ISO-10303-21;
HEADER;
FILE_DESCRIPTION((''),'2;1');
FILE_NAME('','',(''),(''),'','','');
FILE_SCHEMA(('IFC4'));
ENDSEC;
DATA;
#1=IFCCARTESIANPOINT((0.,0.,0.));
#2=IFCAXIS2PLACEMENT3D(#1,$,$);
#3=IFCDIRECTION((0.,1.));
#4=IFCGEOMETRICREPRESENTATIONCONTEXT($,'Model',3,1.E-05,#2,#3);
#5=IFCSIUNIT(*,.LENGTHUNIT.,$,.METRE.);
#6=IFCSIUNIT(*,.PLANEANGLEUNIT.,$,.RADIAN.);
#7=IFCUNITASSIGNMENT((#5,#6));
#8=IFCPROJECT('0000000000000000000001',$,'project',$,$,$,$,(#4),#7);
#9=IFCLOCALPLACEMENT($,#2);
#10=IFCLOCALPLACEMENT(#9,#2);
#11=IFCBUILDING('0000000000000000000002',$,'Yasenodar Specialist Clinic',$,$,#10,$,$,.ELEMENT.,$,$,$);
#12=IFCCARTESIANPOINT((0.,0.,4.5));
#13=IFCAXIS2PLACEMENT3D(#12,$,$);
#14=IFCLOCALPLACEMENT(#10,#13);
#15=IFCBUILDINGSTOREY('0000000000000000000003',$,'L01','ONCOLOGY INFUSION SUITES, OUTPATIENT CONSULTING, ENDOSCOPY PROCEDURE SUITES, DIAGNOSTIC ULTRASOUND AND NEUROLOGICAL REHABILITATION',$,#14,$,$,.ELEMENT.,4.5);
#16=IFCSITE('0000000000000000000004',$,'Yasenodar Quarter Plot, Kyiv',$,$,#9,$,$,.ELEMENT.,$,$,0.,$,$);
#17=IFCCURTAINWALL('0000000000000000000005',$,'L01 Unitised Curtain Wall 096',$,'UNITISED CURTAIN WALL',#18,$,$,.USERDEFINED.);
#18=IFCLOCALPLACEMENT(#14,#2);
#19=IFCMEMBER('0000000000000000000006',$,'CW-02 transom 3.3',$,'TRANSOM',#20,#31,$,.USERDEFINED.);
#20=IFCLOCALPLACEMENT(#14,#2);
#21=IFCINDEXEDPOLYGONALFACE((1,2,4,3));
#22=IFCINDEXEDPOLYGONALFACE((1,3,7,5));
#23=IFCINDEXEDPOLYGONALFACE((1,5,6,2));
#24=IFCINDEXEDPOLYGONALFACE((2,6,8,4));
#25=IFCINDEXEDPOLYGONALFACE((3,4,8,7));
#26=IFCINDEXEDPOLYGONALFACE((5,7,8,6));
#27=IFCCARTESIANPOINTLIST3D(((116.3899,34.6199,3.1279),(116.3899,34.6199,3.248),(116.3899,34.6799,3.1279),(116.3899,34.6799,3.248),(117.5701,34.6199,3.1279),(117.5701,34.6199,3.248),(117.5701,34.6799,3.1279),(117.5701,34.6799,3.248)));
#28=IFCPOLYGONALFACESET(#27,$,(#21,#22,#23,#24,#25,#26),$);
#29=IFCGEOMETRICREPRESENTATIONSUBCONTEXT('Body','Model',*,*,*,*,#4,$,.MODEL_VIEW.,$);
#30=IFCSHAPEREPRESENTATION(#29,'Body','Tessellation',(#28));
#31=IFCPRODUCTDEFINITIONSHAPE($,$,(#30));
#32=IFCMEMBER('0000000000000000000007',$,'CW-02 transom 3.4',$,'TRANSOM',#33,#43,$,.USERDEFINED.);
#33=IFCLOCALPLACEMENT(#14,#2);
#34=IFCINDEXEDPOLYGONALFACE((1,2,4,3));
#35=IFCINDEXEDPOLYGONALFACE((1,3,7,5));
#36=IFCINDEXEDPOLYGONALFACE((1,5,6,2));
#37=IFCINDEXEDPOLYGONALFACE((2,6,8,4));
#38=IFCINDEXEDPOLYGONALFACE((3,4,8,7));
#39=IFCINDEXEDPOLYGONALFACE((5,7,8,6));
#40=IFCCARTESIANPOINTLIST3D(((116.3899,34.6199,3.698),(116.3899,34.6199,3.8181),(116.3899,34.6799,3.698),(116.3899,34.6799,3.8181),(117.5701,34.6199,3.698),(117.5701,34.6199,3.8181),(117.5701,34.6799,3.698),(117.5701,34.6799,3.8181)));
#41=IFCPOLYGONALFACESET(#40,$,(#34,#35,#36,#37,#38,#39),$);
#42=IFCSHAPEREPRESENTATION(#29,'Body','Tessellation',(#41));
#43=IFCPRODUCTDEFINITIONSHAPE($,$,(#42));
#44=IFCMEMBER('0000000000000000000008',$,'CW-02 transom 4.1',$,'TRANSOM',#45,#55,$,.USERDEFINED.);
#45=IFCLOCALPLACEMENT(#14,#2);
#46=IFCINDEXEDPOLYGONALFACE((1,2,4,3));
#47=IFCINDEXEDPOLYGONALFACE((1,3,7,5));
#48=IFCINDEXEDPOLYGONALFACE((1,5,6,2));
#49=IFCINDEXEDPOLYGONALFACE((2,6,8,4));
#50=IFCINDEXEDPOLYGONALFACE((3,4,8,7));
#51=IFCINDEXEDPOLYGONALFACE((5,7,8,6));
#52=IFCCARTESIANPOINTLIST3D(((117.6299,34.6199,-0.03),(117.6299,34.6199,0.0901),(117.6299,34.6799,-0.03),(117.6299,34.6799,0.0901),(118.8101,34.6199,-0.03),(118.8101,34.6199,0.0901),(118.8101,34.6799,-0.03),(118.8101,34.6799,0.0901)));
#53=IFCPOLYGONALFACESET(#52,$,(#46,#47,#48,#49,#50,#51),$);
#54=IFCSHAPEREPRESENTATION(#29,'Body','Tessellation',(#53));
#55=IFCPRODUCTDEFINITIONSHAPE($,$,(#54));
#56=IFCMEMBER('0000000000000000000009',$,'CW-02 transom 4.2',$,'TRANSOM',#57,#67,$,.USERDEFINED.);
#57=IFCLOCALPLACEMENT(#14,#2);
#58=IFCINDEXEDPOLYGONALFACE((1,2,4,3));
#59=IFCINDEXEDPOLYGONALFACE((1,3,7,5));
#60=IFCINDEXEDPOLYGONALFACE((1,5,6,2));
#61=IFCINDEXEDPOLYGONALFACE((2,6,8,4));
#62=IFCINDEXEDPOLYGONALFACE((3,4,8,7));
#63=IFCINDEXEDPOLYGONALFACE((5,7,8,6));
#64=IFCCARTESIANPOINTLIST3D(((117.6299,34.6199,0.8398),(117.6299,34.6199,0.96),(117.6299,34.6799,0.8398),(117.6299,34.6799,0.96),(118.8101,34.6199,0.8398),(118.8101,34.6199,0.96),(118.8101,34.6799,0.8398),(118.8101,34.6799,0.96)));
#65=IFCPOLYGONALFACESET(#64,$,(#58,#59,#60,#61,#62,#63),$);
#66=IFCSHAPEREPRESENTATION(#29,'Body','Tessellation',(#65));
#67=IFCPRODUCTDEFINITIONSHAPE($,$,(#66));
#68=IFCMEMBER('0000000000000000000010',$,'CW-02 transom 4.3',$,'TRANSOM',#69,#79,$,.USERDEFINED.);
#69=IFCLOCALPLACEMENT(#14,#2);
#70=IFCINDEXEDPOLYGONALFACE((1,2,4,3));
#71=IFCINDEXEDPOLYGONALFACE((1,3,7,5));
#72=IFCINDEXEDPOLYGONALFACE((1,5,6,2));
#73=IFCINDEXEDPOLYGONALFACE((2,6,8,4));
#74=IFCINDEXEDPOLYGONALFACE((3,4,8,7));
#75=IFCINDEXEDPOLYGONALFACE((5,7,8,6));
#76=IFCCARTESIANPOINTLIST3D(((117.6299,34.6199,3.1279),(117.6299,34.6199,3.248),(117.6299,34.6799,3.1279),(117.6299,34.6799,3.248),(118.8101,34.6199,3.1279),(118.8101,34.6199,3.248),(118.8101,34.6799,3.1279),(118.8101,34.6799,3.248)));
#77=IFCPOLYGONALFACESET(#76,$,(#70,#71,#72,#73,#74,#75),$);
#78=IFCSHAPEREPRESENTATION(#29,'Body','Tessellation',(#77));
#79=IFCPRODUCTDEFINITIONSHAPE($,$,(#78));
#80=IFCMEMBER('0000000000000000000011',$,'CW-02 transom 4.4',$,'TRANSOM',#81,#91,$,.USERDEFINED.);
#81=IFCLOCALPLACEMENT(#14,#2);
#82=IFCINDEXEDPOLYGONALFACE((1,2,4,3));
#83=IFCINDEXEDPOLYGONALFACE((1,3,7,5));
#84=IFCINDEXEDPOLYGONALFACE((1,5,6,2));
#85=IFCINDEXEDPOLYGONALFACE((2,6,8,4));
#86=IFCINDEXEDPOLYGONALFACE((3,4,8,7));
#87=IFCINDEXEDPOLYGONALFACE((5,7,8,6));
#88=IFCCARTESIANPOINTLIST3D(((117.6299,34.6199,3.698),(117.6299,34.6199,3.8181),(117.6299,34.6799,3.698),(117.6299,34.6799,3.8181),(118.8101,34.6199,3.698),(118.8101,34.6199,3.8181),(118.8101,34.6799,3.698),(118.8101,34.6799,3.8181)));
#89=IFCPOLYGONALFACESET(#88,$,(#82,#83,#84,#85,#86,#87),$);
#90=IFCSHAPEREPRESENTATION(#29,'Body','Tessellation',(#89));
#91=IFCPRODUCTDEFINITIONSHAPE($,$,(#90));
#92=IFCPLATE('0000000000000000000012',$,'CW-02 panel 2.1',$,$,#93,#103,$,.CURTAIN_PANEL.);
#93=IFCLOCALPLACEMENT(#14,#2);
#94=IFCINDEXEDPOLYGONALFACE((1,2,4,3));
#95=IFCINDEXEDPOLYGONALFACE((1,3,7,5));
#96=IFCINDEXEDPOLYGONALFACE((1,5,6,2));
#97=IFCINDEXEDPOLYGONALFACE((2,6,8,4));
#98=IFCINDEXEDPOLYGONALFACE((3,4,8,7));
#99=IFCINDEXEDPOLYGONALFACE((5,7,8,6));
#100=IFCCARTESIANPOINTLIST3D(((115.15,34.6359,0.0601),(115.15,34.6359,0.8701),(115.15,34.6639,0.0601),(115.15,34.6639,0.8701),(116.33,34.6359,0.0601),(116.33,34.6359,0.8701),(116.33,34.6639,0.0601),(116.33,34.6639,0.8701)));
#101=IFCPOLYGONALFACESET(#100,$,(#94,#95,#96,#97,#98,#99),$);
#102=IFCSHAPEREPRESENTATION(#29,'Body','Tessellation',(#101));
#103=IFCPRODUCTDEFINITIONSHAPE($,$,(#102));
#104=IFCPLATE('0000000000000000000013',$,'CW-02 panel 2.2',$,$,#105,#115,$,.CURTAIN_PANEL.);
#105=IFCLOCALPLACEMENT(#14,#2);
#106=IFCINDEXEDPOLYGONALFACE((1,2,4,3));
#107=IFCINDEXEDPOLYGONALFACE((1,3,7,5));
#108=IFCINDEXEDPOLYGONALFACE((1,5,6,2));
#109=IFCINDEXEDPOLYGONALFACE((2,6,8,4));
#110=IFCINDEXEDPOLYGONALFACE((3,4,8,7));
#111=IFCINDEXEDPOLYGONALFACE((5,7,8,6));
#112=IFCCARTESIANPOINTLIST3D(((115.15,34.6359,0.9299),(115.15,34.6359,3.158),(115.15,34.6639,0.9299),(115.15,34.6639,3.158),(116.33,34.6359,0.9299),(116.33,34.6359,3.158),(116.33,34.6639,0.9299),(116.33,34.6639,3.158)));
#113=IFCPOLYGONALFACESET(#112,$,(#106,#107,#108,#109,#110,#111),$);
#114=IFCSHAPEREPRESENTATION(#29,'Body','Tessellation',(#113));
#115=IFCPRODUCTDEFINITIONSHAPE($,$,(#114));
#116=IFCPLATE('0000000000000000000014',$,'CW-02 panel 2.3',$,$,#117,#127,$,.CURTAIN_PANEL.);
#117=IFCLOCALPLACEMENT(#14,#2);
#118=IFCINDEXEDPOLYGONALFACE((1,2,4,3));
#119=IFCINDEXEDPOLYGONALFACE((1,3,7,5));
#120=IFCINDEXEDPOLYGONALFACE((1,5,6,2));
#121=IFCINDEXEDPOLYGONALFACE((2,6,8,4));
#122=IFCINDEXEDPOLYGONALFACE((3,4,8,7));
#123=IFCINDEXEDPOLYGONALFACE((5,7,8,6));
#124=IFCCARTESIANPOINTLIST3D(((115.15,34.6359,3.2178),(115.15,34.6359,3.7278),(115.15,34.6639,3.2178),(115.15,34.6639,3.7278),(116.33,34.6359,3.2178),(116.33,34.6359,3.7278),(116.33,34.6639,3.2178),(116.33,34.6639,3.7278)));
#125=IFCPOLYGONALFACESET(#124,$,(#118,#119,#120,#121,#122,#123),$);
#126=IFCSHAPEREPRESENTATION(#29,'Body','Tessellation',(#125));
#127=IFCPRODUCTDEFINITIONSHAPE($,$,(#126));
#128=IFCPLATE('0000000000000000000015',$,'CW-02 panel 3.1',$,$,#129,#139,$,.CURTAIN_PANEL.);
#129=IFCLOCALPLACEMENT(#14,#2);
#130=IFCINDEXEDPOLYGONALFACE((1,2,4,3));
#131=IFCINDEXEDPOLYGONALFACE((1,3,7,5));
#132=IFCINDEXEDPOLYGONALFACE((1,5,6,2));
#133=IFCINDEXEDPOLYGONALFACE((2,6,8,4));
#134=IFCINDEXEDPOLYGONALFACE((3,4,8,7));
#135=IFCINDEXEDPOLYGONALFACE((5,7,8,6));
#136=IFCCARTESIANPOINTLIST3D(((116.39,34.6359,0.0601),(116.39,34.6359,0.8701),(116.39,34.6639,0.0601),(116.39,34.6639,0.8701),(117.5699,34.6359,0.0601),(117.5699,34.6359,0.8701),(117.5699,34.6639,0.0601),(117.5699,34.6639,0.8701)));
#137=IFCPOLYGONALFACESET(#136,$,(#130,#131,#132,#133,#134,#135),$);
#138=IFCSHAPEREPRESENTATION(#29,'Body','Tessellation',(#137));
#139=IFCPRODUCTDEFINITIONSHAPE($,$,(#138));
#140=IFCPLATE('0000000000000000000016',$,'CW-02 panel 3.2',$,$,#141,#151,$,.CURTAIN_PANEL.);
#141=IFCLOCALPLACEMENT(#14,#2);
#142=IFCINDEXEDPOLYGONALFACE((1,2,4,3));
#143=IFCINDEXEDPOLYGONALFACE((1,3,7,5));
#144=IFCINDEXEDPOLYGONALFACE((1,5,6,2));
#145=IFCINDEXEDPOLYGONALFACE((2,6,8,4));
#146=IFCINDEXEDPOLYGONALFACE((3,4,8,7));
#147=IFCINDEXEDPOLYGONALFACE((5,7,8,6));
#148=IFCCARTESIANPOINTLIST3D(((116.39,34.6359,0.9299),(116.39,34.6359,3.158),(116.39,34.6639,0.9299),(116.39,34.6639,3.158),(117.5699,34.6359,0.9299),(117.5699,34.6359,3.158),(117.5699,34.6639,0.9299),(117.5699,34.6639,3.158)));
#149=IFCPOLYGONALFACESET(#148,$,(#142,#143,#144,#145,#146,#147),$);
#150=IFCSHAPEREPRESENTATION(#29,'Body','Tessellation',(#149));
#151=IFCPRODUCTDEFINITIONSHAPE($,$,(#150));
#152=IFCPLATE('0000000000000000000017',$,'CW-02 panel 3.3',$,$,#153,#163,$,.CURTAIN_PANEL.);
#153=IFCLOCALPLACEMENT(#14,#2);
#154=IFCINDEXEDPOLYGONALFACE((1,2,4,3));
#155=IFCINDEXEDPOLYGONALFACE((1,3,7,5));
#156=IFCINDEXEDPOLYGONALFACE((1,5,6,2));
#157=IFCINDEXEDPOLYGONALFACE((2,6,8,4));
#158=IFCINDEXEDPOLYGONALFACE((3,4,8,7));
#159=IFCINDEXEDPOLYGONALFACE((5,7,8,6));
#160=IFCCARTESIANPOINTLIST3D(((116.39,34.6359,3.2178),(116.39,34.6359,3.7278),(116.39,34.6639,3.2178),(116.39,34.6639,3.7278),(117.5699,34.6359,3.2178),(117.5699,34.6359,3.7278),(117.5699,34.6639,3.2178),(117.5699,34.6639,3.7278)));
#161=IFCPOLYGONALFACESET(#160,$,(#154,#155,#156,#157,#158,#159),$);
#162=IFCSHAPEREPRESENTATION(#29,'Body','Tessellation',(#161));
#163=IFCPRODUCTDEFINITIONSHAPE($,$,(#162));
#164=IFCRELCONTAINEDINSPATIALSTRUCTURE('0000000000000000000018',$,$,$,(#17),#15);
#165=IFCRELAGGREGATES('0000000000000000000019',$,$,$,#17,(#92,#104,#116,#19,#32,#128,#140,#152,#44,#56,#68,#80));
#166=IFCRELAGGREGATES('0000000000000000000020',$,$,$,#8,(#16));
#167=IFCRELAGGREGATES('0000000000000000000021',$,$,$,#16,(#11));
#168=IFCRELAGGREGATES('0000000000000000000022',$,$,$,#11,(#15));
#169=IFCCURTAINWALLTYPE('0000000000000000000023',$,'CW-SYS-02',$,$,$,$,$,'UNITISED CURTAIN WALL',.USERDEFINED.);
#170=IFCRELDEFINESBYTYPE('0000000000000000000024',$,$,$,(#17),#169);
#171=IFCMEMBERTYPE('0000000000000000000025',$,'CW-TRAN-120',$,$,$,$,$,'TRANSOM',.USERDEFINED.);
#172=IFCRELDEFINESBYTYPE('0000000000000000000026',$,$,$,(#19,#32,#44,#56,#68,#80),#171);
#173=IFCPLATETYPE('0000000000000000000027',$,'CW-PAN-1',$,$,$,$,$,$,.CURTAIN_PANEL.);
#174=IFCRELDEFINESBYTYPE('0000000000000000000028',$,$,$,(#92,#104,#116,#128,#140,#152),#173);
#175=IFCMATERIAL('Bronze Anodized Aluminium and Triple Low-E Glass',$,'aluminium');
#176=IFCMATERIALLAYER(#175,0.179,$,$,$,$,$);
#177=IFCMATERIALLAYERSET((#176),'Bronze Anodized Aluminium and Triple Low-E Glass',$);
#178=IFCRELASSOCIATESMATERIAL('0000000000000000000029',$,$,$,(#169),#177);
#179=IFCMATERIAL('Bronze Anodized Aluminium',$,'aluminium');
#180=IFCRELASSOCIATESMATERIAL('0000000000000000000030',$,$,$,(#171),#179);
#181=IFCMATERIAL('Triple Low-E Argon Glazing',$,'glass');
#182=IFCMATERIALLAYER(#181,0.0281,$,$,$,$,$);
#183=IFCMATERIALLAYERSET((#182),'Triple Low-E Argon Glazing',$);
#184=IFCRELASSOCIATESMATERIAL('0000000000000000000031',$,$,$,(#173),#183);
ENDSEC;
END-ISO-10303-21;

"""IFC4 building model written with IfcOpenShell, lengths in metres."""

from ifc_helpers import new_model, si_unit, direction, frame, origin, origin_2d, place, context, subcontext, project, spatial, rectangle, extrude, material, layer, layer_set, material_profile, profile_set, type_object, element, aggregate, save


model = new_model("IFC4")

# Units and contexts
model_context = context("Model", 3, precision=1e-05, world=origin(), true_north=direction((0.0, 1.0)))
body_context = subcontext(model_context, "Body", "Model", "MODEL_VIEW")
ifc_project = project(units=[si_unit("LENGTHUNIT", "METRE"), si_unit("PLANEANGLEUNIT", "RADIAN")], contexts=[model_context])

# Site, building, storey
site_placement = place(None, origin())
site = spatial("IfcSite", under=ifc_project, at=site_placement, Name="Yasenodar Quarter Plot, Kyiv", CompositionType="ELEMENT", RefElevation=0.0)
building_placement = place(site_placement, origin())
building = spatial("IfcBuilding", under=site, at=building_placement, Name="Yasenodar Specialist Clinic", CompositionType="ELEMENT")
storey_placement = place(building_placement, frame((0.0, 0.0, 4.5)))
storey = spatial("IfcBuildingStorey", under=building, at=storey_placement, Name="L01", Description="ONCOLOGY INFUSION SUITES, OUTPATIENT CONSULTING, ENDOSCOPY PROCEDURE SUITES, DIAGNOSTIC ULTRASOUND AND NEUROLOGICAL REHABILITATION", CompositionType="ELEMENT", Elevation=4.5)

# Curtain wall, members, plates
ifc_material_1 = material(Name="Bronze Anodized Aluminium and Triple Low-E Glass", Category="aluminium")
ifc_layer_1 = layer(ifc_material_1, 0.179)
ifc_layer_set_1 = layer_set([ifc_layer_1], Name="Bronze Anodized Aluminium and Triple Low-E Glass")
curtain_wall_type = type_object("IfcCurtainWallType", Name="CW-SYS-02", ElementType="UNITISED CURTAIN WALL", PredefinedType="USERDEFINED", material=ifc_layer_set_1)
curtain_wall_placement = place(storey_placement, origin())
curtain_wall = element("IfcCurtainWall", 1, at=curtain_wall_placement, inside=storey, type_object=curtain_wall_type, Name="L01 Unitised Curtain Wall 096", ObjectType="UNITISED CURTAIN WALL", PredefinedType="USERDEFINED")
ifc_material_2 = material(Name="Bronze Anodized Aluminium", Category="aluminium")
ifc_material_profile_1 = material_profile(ifc_material_2, rectangle(XDim=0.0601, YDim=0.1201, at=origin_2d()), Name="CW-TRAN 60x120")
ifc_profile_set_1 = profile_set([ifc_material_profile_1], Name="Bronze Anodized Aluminium")
member_type_1 = type_object("IfcMemberType", Name="CW-TRAN-120", ElementType="TRANSOM", PredefinedType="USERDEFINED", material=ifc_profile_set_1)
member_1_placement = place(storey_placement, frame((116.3899, 34.6499, 3.188), z_axis=(1.0, 0.0, 0.0), x_axis=(0.0, 1.0, 0.0)))
member_1 = element("IfcMember", 2, at=member_1_placement, type_object=member_type_1, Name="CW-02 transom 3.3", ObjectType="TRANSOM", PredefinedType="USERDEFINED", context=body_context, shape_type="SweptSolid", body=[
    extrude(rectangle(XDim=0.0601, YDim=0.1201, at=origin_2d()), origin(), (0.0, 0.0, 1.0), 1.1802),
])
member_2_placement = place(storey_placement, frame((116.3899, 34.6499, 3.7581), z_axis=(1.0, 0.0, 0.0), x_axis=(0.0, 1.0, 0.0)))
member_2 = element("IfcMember", 3, at=member_2_placement, type_object=member_type_1, Name="CW-02 transom 3.4", ObjectType="TRANSOM", PredefinedType="USERDEFINED", context=body_context, shape_type="SweptSolid", body=[
    extrude(rectangle(XDim=0.0601, YDim=0.1201, at=origin_2d()), origin(), (0.0, 0.0, 1.0), 1.1802),
])
member_3_placement = place(storey_placement, frame((117.6299, 34.6499, 0.03), z_axis=(1.0, 0.0, 0.0), x_axis=(0.0, 1.0, 0.0)))
member_3 = element("IfcMember", 4, at=member_3_placement, type_object=member_type_1, Name="CW-02 transom 4.1", ObjectType="TRANSOM", PredefinedType="USERDEFINED", context=body_context, shape_type="SweptSolid", body=[
    extrude(rectangle(XDim=0.0601, YDim=0.1201, at=origin_2d()), origin(), (0.0, 0.0, 1.0), 1.1802),
])
member_4_placement = place(storey_placement, frame((117.6299, 34.6499, 0.8999), z_axis=(1.0, 0.0, 0.0), x_axis=(0.0, 1.0, 0.0)))
member_4 = element("IfcMember", 5, at=member_4_placement, type_object=member_type_1, Name="CW-02 transom 4.2", ObjectType="TRANSOM", PredefinedType="USERDEFINED", context=body_context, shape_type="SweptSolid", body=[
    extrude(rectangle(XDim=0.0601, YDim=0.1201, at=origin_2d()), origin(), (0.0, 0.0, 1.0), 1.1802),
])
member_5_placement = place(storey_placement, frame((117.6299, 34.6499, 3.188), z_axis=(1.0, 0.0, 0.0), x_axis=(0.0, 1.0, 0.0)))
member_5 = element("IfcMember", 6, at=member_5_placement, type_object=member_type_1, Name="CW-02 transom 4.3", ObjectType="TRANSOM", PredefinedType="USERDEFINED", context=body_context, shape_type="SweptSolid", body=[
    extrude(rectangle(XDim=0.0601, YDim=0.1201, at=origin_2d()), origin(), (0.0, 0.0, 1.0), 1.1802),
])
member_6_placement = place(storey_placement, frame((117.6299, 34.6499, 3.7581), z_axis=(1.0, 0.0, 0.0), x_axis=(0.0, 1.0, 0.0)))
member_6 = element("IfcMember", 7, at=member_6_placement, type_object=member_type_1, Name="CW-02 transom 4.4", ObjectType="TRANSOM", PredefinedType="USERDEFINED", context=body_context, shape_type="SweptSolid", body=[
    extrude(rectangle(XDim=0.0601, YDim=0.1201, at=origin_2d()), origin(), (0.0, 0.0, 1.0), 1.1802),
])
ifc_material_3 = material(Name="Triple Low-E Argon Glazing", Category="glass")
ifc_layer_2 = layer(ifc_material_3, 0.0281)
ifc_layer_set_2 = layer_set([ifc_layer_2], Name="Triple Low-E Argon Glazing")
plate_type = type_object("IfcPlateType", Name="CW-PAN-1", PredefinedType="CURTAIN_PANEL", material=ifc_layer_set_2)
plate_1_placement = place(storey_placement, frame((115.74, 34.6499, 0.0601), z_axis=(0.0, 0.0, 1.0), x_axis=(1.0, 0.0, 0.0)))
plate_1 = element("IfcPlate", 8, at=plate_1_placement, type_object=plate_type, Name="CW-02 panel 2.1", PredefinedType="CURTAIN_PANEL", context=body_context, shape_type="SweptSolid", body=[
    extrude(rectangle(XDim=1.1799, YDim=0.0281, at=origin_2d()), origin(), (0.0, 0.0, 1.0), 0.8101),
])
plate_2_placement = place(storey_placement, frame((115.74, 34.6499, 0.9299), z_axis=(0.0, 0.0, 1.0), x_axis=(1.0, 0.0, 0.0)))
plate_2 = element("IfcPlate", 9, at=plate_2_placement, type_object=plate_type, Name="CW-02 panel 2.2", PredefinedType="CURTAIN_PANEL", context=body_context, shape_type="SweptSolid", body=[
    extrude(rectangle(XDim=1.1799, YDim=0.0281, at=origin_2d()), origin(), (0.0, 0.0, 1.0), 2.228),
])
plate_3_placement = place(storey_placement, frame((115.74, 34.6499, 3.2178), z_axis=(0.0, 0.0, 1.0), x_axis=(1.0, 0.0, 0.0)))
plate_3 = element("IfcPlate", 10, at=plate_3_placement, type_object=plate_type, Name="CW-02 panel 2.3", PredefinedType="CURTAIN_PANEL", context=body_context, shape_type="SweptSolid", body=[
    extrude(rectangle(XDim=1.1799, YDim=0.0281, at=origin_2d()), origin(), (0.0, 0.0, 1.0), 0.51),
])
plate_4_placement = place(storey_placement, frame((116.98, 34.6499, 0.0601), z_axis=(0.0, 0.0, 1.0), x_axis=(1.0, 0.0, 0.0)))
plate_4 = element("IfcPlate", 11, at=plate_4_placement, type_object=plate_type, Name="CW-02 panel 3.1", PredefinedType="CURTAIN_PANEL", context=body_context, shape_type="SweptSolid", body=[
    extrude(rectangle(XDim=1.1799, YDim=0.0281, at=origin_2d()), origin(), (0.0, 0.0, 1.0), 0.8101),
])
plate_5_placement = place(storey_placement, frame((116.98, 34.6499, 0.9299), z_axis=(0.0, 0.0, 1.0), x_axis=(1.0, 0.0, 0.0)))
plate_5 = element("IfcPlate", 12, at=plate_5_placement, type_object=plate_type, Name="CW-02 panel 3.2", PredefinedType="CURTAIN_PANEL", context=body_context, shape_type="SweptSolid", body=[
    extrude(rectangle(XDim=1.1799, YDim=0.0281, at=origin_2d()), origin(), (0.0, 0.0, 1.0), 2.228),
])
plate_6_placement = place(storey_placement, frame((116.98, 34.6499, 3.2178), z_axis=(0.0, 0.0, 1.0), x_axis=(1.0, 0.0, 0.0)))
plate_6 = element("IfcPlate", 13, at=plate_6_placement, type_object=plate_type, Name="CW-02 panel 3.3", PredefinedType="CURTAIN_PANEL", context=body_context, shape_type="SweptSolid", body=[
    extrude(rectangle(XDim=1.1799, YDim=0.0281, at=origin_2d()), origin(), (0.0, 0.0, 1.0), 0.51),
])
aggregate(curtain_wall, [plate_1, plate_2, plate_3, member_1, member_2, plate_4, plate_5, plate_6, member_3, member_4, member_5, member_6])

save(model, "model.ifc")
